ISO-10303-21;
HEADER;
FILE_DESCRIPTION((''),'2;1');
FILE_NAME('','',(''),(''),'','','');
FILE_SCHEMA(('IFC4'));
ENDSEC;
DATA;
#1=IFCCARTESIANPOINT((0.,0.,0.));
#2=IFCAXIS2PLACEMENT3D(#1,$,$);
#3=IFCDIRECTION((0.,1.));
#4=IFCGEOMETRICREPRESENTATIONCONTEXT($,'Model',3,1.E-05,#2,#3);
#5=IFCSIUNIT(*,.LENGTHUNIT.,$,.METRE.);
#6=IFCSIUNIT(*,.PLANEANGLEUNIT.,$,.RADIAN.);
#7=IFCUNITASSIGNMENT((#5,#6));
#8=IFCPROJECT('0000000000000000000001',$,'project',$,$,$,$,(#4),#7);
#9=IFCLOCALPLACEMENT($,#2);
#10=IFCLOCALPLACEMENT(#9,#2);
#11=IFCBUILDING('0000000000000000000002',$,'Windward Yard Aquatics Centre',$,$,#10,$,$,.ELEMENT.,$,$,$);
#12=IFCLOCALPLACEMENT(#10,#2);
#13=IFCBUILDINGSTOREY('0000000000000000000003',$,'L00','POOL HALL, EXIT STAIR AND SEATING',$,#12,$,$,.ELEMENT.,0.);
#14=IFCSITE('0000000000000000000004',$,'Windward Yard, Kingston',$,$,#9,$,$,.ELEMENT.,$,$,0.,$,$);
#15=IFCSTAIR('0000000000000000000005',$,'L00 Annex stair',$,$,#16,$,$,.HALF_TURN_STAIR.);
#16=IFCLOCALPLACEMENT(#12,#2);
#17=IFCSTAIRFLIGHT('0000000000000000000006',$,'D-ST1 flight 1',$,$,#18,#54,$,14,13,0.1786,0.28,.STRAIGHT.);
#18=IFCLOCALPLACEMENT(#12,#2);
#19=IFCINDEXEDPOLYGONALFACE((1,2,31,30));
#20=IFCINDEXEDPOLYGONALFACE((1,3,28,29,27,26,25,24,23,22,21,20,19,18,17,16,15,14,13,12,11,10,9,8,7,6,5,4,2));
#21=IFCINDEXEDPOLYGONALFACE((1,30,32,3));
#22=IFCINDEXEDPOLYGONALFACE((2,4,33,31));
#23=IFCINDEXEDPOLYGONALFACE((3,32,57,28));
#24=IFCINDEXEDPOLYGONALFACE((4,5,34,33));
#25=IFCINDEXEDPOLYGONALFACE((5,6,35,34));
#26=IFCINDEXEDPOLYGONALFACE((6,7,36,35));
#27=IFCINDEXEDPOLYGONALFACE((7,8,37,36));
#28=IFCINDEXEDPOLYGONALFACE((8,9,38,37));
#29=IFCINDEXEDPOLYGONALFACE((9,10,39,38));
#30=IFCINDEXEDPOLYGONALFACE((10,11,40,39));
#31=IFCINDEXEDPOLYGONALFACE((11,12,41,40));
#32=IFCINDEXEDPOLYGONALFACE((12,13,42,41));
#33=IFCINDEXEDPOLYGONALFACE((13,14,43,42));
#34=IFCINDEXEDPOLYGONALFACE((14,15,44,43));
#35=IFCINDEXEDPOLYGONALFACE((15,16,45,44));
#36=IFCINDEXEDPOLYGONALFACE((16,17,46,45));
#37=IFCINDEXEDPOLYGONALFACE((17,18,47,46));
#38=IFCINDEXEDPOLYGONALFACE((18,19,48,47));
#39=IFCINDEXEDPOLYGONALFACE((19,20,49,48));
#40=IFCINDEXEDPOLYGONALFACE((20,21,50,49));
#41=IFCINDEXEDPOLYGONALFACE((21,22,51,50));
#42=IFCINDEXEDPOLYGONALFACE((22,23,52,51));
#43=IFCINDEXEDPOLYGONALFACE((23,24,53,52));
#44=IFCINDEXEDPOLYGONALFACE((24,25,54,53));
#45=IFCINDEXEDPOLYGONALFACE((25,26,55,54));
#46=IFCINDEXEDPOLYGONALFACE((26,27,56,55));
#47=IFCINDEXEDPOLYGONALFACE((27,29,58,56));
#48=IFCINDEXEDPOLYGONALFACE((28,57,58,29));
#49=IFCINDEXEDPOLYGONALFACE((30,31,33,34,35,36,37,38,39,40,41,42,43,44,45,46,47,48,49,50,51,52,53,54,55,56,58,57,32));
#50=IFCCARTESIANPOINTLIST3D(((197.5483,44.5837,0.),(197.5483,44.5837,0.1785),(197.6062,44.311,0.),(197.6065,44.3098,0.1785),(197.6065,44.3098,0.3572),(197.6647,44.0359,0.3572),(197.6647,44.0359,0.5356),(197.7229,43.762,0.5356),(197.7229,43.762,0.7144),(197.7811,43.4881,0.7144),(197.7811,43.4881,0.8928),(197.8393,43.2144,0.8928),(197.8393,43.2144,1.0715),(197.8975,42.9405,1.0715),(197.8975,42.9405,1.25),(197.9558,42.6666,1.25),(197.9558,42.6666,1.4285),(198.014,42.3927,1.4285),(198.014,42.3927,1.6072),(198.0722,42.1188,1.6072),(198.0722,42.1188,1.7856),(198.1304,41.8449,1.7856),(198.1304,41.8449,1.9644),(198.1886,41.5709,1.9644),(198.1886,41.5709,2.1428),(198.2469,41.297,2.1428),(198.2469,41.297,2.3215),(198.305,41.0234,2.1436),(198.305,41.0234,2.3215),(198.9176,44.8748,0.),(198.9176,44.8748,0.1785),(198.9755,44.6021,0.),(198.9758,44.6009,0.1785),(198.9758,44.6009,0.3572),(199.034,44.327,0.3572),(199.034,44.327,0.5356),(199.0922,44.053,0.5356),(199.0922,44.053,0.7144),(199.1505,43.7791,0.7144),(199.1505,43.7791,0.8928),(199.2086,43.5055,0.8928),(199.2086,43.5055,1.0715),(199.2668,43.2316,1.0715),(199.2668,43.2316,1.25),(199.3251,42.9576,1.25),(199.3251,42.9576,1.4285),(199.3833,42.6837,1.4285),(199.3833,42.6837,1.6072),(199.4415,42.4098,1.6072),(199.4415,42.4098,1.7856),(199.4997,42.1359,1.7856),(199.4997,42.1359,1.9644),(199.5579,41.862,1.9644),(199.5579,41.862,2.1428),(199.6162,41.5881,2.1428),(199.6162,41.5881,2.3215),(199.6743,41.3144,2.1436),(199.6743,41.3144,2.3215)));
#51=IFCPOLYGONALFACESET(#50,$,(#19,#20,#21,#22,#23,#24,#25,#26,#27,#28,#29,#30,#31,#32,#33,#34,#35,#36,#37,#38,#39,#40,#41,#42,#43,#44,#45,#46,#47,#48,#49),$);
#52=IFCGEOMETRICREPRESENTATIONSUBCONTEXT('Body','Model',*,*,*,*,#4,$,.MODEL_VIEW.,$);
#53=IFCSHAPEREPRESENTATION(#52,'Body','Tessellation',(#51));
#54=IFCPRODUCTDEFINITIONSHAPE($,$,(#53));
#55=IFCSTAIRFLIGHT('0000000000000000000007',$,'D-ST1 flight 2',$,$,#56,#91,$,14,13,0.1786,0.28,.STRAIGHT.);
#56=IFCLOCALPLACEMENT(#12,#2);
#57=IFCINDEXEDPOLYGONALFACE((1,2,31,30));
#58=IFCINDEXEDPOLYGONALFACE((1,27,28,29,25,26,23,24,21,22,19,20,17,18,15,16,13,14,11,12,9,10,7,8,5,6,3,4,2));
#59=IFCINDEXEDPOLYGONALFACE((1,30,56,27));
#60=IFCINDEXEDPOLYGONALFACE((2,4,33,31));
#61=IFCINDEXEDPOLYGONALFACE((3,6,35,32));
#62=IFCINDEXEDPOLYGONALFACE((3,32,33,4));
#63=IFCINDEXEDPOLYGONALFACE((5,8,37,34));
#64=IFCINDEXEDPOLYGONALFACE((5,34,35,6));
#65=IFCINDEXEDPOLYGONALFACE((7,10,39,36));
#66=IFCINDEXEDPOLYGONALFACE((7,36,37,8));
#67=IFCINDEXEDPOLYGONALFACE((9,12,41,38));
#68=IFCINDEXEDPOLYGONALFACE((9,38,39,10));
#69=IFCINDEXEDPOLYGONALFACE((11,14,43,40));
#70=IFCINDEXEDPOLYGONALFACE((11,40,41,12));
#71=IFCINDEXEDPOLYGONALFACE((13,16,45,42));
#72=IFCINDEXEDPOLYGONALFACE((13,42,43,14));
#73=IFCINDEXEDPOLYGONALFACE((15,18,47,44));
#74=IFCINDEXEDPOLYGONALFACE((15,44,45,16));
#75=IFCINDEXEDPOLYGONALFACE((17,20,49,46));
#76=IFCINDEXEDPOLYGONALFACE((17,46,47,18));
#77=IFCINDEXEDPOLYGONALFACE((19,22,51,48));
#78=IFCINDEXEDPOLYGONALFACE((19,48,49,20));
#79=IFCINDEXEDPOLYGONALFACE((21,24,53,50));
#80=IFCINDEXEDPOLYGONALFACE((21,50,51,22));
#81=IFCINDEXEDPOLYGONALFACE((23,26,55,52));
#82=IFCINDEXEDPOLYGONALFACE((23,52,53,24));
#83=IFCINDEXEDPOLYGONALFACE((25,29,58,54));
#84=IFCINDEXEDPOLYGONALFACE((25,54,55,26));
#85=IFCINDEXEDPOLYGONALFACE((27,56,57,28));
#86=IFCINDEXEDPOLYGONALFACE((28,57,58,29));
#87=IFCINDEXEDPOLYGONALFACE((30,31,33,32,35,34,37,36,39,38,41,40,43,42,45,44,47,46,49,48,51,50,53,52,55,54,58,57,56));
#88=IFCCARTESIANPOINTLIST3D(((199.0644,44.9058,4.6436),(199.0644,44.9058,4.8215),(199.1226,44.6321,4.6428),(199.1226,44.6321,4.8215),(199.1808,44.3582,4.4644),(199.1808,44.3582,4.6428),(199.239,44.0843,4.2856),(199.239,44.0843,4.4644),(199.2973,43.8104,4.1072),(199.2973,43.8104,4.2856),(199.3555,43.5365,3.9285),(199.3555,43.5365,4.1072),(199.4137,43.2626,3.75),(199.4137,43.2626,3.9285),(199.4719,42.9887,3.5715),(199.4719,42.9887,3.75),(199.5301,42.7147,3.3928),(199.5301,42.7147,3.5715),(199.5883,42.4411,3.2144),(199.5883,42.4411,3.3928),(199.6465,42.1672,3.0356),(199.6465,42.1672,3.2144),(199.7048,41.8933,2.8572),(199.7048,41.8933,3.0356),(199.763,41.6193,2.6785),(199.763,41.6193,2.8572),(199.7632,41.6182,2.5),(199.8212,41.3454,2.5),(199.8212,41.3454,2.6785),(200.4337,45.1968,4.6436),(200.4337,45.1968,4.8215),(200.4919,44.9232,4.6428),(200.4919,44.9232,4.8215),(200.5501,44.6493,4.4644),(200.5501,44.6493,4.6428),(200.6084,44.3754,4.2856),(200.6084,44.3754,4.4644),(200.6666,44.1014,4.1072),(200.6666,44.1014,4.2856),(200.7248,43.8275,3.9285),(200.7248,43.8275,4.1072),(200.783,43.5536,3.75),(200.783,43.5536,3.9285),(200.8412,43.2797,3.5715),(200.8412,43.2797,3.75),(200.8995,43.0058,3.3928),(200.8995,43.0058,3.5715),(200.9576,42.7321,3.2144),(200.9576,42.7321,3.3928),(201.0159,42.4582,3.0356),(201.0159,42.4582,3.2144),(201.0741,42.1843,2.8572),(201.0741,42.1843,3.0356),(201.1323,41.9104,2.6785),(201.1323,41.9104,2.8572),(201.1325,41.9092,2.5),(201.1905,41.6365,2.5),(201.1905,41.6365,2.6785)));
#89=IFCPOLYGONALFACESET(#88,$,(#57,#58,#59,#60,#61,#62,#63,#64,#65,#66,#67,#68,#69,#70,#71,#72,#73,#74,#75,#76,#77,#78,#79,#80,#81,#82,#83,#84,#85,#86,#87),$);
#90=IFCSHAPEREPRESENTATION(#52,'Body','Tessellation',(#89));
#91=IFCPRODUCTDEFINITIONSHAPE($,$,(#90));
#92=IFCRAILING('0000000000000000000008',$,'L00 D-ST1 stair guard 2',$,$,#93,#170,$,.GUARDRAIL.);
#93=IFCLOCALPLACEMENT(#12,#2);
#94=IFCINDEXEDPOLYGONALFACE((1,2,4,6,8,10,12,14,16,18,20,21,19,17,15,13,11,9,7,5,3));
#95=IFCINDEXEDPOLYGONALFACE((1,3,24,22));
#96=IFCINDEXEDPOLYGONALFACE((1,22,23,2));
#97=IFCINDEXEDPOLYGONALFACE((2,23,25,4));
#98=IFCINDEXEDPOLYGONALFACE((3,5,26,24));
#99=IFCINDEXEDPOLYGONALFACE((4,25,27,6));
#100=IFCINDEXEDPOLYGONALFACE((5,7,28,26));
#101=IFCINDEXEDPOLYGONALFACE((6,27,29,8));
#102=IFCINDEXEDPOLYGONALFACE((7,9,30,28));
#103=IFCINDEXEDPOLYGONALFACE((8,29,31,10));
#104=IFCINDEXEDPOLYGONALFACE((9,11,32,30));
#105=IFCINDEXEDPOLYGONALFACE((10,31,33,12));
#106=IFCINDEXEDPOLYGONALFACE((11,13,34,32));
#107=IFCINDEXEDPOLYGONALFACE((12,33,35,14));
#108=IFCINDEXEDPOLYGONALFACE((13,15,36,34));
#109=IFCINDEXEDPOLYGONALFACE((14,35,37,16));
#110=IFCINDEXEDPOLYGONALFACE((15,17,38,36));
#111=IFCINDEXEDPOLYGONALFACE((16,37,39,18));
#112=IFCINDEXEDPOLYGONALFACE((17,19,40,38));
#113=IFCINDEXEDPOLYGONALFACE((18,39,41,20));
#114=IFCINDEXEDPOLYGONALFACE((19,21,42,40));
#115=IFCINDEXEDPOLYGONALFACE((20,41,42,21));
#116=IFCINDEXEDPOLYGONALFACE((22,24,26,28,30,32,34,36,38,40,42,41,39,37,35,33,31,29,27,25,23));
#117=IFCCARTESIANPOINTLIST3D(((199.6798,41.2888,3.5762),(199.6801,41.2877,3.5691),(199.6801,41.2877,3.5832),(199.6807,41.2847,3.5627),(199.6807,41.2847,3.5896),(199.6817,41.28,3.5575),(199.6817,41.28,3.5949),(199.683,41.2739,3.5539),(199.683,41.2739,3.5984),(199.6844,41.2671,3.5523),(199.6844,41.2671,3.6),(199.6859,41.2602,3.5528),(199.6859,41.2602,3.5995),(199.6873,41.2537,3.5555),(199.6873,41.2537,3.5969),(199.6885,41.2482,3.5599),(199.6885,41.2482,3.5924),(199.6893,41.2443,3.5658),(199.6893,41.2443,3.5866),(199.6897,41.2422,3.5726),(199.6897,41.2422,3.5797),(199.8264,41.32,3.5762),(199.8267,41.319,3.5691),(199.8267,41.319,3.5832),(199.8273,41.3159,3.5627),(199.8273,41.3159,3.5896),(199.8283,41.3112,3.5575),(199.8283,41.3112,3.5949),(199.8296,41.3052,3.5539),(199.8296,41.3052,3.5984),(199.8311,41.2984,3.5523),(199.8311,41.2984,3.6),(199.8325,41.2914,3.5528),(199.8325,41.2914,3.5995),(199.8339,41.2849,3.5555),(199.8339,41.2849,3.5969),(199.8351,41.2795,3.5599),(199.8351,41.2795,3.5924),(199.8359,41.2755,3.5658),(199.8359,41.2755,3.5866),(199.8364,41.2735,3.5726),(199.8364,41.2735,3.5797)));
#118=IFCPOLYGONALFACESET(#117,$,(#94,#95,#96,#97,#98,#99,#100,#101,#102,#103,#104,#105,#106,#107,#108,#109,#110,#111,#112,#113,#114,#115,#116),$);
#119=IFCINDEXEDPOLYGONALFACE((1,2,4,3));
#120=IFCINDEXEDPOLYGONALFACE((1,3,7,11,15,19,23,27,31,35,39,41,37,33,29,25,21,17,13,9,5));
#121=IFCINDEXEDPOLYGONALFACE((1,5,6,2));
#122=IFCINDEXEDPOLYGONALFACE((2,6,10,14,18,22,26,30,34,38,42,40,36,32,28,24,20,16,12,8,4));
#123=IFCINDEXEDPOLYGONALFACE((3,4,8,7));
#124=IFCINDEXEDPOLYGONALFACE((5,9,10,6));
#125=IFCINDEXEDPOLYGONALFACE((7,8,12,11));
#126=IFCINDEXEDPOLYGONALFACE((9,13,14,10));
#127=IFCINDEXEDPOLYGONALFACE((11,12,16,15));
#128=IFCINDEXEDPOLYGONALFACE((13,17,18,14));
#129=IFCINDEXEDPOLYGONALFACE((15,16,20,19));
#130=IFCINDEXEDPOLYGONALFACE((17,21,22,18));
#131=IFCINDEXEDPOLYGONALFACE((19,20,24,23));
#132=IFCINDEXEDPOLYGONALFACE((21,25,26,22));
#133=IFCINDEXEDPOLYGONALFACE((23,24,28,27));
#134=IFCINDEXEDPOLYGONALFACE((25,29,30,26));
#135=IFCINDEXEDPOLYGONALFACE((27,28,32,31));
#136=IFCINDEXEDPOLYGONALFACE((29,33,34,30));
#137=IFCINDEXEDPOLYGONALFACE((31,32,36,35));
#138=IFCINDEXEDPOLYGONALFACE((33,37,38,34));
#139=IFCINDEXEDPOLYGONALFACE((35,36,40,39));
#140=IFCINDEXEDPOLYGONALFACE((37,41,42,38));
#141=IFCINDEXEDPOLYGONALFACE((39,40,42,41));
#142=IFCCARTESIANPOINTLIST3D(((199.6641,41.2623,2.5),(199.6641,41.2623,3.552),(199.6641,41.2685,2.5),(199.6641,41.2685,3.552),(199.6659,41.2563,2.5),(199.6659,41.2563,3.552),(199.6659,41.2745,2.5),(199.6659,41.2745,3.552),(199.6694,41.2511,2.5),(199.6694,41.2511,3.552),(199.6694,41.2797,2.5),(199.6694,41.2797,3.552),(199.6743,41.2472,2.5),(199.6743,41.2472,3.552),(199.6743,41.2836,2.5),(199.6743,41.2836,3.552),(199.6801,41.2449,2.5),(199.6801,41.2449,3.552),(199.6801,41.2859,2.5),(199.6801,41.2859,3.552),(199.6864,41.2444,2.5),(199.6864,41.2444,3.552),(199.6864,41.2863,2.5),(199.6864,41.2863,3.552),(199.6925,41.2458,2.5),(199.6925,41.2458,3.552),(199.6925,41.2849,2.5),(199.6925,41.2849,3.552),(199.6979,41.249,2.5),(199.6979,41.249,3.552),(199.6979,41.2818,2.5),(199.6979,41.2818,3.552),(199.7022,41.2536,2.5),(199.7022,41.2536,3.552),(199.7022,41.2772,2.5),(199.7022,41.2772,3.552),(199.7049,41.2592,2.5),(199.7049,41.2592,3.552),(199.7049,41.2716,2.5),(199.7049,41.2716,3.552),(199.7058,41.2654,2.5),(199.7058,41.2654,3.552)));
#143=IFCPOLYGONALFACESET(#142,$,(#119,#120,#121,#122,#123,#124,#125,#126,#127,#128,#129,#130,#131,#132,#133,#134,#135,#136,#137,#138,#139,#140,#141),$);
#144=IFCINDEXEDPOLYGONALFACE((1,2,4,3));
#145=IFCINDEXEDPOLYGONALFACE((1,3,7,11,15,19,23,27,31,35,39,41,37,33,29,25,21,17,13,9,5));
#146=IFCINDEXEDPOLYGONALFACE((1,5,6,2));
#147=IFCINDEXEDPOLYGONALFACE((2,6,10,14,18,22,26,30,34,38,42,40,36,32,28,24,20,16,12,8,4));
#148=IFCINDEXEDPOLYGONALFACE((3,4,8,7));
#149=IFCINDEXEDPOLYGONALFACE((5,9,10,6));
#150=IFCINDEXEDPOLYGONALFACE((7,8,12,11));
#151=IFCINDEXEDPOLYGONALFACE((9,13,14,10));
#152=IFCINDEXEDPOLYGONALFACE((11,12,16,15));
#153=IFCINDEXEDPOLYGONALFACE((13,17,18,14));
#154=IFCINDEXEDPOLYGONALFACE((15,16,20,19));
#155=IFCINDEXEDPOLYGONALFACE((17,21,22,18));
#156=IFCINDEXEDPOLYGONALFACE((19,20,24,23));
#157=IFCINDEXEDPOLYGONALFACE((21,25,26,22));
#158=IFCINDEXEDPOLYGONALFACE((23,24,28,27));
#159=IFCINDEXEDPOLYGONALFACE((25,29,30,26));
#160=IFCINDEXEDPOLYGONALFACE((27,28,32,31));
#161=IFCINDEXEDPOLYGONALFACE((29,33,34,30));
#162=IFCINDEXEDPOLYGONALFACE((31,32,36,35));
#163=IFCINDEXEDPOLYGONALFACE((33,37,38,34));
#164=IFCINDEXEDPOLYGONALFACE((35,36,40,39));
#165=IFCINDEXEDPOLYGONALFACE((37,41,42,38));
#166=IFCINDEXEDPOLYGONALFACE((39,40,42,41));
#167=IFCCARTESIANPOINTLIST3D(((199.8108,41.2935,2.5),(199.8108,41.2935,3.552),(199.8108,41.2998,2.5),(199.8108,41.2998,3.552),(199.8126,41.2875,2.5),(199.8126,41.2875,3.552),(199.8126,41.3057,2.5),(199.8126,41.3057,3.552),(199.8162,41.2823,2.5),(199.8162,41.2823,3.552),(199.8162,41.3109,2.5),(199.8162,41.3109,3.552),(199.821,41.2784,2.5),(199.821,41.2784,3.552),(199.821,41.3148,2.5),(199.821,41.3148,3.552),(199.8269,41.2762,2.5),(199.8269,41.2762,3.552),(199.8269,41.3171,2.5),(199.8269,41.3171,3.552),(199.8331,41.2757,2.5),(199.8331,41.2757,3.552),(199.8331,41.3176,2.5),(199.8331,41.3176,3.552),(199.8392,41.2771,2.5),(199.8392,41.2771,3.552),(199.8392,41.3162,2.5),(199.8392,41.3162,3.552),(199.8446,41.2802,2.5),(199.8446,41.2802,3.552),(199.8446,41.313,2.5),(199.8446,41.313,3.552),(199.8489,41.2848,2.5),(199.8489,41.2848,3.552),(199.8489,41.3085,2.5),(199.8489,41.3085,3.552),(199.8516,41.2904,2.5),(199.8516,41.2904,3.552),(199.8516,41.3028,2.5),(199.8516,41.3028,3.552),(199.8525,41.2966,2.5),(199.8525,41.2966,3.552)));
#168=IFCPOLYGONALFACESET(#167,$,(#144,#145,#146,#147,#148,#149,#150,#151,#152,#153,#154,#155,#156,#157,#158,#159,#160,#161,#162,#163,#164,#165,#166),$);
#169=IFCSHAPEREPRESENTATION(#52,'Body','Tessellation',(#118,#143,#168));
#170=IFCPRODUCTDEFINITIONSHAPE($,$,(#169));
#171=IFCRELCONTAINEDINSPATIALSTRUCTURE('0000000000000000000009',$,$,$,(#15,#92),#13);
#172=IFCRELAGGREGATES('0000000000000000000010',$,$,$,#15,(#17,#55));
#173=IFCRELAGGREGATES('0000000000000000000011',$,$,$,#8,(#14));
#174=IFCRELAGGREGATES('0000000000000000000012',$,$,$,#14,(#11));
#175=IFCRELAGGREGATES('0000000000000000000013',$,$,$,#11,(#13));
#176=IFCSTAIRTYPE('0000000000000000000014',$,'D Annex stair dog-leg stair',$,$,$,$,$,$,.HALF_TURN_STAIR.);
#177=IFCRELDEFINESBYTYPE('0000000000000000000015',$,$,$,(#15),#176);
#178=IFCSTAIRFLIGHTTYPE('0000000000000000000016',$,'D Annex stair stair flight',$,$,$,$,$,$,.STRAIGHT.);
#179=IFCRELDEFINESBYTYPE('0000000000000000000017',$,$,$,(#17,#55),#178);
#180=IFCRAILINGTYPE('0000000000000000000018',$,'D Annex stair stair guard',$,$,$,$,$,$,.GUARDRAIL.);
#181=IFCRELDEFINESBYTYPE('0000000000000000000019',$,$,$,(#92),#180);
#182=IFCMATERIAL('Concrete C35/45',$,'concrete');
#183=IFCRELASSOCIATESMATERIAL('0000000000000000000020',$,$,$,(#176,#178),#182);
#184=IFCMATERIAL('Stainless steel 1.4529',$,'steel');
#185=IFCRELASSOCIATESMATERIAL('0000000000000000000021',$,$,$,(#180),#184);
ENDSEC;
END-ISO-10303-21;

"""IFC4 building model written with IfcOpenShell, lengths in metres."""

from ifc_helpers import new_model, si_unit, direction, frame, origin, origin_2d, place, context, subcontext, project, spatial, polyline, circle, outline, extrude, material, type_object, element, aggregate, save


model = new_model("IFC4")

# Units and contexts
model_context = context("Model", 3, precision=1e-05, world=origin(), true_north=direction((0.0, 1.0)))
body_context = subcontext(model_context, "Body", "Model", "MODEL_VIEW")
ifc_project = project(units=[si_unit("LENGTHUNIT", "METRE"), si_unit("PLANEANGLEUNIT", "RADIAN")], contexts=[model_context])

# Site, building, storey
site_placement = place(None, origin())
site = spatial("IfcSite", under=ifc_project, at=site_placement, Name="Windward Yard, Kingston", CompositionType="ELEMENT", RefElevation=0.0)
building_placement = place(site_placement, origin())
building = spatial("IfcBuilding", under=site, at=building_placement, Name="Windward Yard Aquatics Centre", CompositionType="ELEMENT")
storey_placement = place(building_placement, origin())
storey = spatial("IfcBuildingStorey", under=building, at=storey_placement, Name="L00", Description="POOL HALL, EXIT STAIR AND SEATING", CompositionType="ELEMENT", Elevation=0.0)

# Shared definitions
ifc_material_1 = material(Name="Concrete C35/45", Category="concrete")

# Stair, stair flights
stair_type = type_object("IfcStairType", Name="D Annex stair dog-leg stair", PredefinedType="HALF_TURN_STAIR", material=ifc_material_1)
stair_placement = place(storey_placement, origin())
stair = element("IfcStair", 1, at=stair_placement, inside=storey, type_object=stair_type, Name="L00 Annex stair", PredefinedType="HALF_TURN_STAIR")
stair_flight_type = type_object("IfcStairFlightType", Name="D Annex stair stair flight", PredefinedType="STRAIGHT", material=ifc_material_1)
stair_flight_1_placement = place(storey_placement, frame((198.2329, 44.7292, 0.0), z_axis=(0.0, 0.0, 1.0), x_axis=(0.207912, -0.978148, 0.0)))
stair_flight_1 = element("IfcStairFlight", 2, at=stair_flight_1_placement, type_object=stair_flight_type, Name="D-ST1 flight 1", NumberOfRisers=14, NumberOfTreads=13, PredefinedType="STRAIGHT", RiserHeight=0.1786, TreadLength=0.28, context=body_context, shape_type="SweptSolid", body=[
    extrude(outline(polyline([(0.0, 0.0), (0.0, 0.1785), (0.28, 0.1785), (0.28, 0.3572), (0.5601, 0.3572), (0.5601, 0.5356), (0.8401, 0.5356), (0.8401, 0.7144), (1.1201, 0.7144), (1.1201, 0.8928), (1.3999, 0.8928), (1.3999, 1.0715), (1.6799, 1.0715), (1.6799, 1.25), (1.96, 1.25), (1.96, 1.4285), (2.24, 1.4285), (2.24, 1.6072), (2.52, 1.6072), (2.52, 1.7856), (2.8, 1.7856), (2.8, 1.9644), (3.0801, 1.9644), (3.0801, 2.1428), (3.3601, 2.1428), (3.3601, 2.3215), (3.6399, 2.3215), (3.6399, 2.5), (3.6399, 2.1436), (0.2788, 0.0), (0.0, 0.0)])), frame((0.0, 0.7, 0.0), z_axis=(0.0, -1.0, 0.0), x_axis=(1.0, 0.0, 0.0)), (0.0, 0.0, 1.0), 1.3999),
])
stair_flight_2_placement = place(storey_placement, frame((200.5059, 41.491, 2.5), z_axis=(0.0, 0.0, 1.0), x_axis=(-0.207912, 0.978148, 0.0)))
stair_flight_2 = element("IfcStairFlight", 3, at=stair_flight_2_placement, type_object=stair_flight_type, Name="D-ST1 flight 2", NumberOfRisers=14, NumberOfTreads=13, PredefinedType="STRAIGHT", RiserHeight=0.1786, TreadLength=0.28, context=body_context, shape_type="SweptSolid", body=[
    extrude(outline(polyline([(0.0, 0.0), (0.0, 0.1785), (0.28, 0.1785), (0.28, 0.3572), (0.5601, 0.3572), (0.5601, 0.5356), (0.8401, 0.5356), (0.8401, 0.7144), (1.1201, 0.7144), (1.1201, 0.8928), (1.3999, 0.8928), (1.3999, 1.0715), (1.6799, 1.0715), (1.6799, 1.25), (1.96, 1.25), (1.96, 1.4285), (2.24, 1.4285), (2.24, 1.6072), (2.52, 1.6072), (2.52, 1.7856), (2.8, 1.7856), (2.8, 1.9644), (3.0801, 1.9644), (3.0801, 2.1428), (3.3601, 2.1428), (3.3601, 2.3215), (3.6399, 2.3215), (3.6399, 2.5), (3.6399, 2.1436), (0.2788, 0.0), (0.0, 0.0)])), frame((0.0, 0.7, 0.0), z_axis=(0.0, -1.0, 0.0), x_axis=(1.0, 0.0, 0.0)), (0.0, 0.0, 1.0), 1.3999),
])
aggregate(stair, [stair_flight_1, stair_flight_2])

# Railing
ifc_material_2 = material(Name="Stainless steel 1.4529", Category="steel")
railing_type_1 = type_object("IfcRailingType", Name="D Annex stair stair guard", PredefinedType="GUARDRAIL", material=ifc_material_2)
railing_1_placement = place(storey_placement, frame((199.6848, 41.2654, 2.5)))
element("IfcRailing", 4, at=railing_1_placement, inside=storey, type_object=railing_type_1, Name="L00 D-ST1 stair guard 2", PredefinedType="GUARDRAIL", context=body_context, shape_type="SweptSolid", body=[
    extrude(circle(Radius=0.0239, at=origin_2d()), frame((0.0, 0.0, 1.0762), z_axis=(0.978064, 0.208306, 0.0), x_axis=(-0.208306, 0.978064, 0.0)), (0.0, 0.0, 1.0), 0.1499),
    extrude(circle(Radius=0.021, at=origin_2d()), origin(), (0.0, 0.0, 1.0), 1.052),
    extrude(circle(Radius=0.021, at=origin_2d()), frame((0.1467, 0.0312, 0.0)), (0.0, 0.0, 1.0), 1.052),
])

save(model, "model.ifc")
